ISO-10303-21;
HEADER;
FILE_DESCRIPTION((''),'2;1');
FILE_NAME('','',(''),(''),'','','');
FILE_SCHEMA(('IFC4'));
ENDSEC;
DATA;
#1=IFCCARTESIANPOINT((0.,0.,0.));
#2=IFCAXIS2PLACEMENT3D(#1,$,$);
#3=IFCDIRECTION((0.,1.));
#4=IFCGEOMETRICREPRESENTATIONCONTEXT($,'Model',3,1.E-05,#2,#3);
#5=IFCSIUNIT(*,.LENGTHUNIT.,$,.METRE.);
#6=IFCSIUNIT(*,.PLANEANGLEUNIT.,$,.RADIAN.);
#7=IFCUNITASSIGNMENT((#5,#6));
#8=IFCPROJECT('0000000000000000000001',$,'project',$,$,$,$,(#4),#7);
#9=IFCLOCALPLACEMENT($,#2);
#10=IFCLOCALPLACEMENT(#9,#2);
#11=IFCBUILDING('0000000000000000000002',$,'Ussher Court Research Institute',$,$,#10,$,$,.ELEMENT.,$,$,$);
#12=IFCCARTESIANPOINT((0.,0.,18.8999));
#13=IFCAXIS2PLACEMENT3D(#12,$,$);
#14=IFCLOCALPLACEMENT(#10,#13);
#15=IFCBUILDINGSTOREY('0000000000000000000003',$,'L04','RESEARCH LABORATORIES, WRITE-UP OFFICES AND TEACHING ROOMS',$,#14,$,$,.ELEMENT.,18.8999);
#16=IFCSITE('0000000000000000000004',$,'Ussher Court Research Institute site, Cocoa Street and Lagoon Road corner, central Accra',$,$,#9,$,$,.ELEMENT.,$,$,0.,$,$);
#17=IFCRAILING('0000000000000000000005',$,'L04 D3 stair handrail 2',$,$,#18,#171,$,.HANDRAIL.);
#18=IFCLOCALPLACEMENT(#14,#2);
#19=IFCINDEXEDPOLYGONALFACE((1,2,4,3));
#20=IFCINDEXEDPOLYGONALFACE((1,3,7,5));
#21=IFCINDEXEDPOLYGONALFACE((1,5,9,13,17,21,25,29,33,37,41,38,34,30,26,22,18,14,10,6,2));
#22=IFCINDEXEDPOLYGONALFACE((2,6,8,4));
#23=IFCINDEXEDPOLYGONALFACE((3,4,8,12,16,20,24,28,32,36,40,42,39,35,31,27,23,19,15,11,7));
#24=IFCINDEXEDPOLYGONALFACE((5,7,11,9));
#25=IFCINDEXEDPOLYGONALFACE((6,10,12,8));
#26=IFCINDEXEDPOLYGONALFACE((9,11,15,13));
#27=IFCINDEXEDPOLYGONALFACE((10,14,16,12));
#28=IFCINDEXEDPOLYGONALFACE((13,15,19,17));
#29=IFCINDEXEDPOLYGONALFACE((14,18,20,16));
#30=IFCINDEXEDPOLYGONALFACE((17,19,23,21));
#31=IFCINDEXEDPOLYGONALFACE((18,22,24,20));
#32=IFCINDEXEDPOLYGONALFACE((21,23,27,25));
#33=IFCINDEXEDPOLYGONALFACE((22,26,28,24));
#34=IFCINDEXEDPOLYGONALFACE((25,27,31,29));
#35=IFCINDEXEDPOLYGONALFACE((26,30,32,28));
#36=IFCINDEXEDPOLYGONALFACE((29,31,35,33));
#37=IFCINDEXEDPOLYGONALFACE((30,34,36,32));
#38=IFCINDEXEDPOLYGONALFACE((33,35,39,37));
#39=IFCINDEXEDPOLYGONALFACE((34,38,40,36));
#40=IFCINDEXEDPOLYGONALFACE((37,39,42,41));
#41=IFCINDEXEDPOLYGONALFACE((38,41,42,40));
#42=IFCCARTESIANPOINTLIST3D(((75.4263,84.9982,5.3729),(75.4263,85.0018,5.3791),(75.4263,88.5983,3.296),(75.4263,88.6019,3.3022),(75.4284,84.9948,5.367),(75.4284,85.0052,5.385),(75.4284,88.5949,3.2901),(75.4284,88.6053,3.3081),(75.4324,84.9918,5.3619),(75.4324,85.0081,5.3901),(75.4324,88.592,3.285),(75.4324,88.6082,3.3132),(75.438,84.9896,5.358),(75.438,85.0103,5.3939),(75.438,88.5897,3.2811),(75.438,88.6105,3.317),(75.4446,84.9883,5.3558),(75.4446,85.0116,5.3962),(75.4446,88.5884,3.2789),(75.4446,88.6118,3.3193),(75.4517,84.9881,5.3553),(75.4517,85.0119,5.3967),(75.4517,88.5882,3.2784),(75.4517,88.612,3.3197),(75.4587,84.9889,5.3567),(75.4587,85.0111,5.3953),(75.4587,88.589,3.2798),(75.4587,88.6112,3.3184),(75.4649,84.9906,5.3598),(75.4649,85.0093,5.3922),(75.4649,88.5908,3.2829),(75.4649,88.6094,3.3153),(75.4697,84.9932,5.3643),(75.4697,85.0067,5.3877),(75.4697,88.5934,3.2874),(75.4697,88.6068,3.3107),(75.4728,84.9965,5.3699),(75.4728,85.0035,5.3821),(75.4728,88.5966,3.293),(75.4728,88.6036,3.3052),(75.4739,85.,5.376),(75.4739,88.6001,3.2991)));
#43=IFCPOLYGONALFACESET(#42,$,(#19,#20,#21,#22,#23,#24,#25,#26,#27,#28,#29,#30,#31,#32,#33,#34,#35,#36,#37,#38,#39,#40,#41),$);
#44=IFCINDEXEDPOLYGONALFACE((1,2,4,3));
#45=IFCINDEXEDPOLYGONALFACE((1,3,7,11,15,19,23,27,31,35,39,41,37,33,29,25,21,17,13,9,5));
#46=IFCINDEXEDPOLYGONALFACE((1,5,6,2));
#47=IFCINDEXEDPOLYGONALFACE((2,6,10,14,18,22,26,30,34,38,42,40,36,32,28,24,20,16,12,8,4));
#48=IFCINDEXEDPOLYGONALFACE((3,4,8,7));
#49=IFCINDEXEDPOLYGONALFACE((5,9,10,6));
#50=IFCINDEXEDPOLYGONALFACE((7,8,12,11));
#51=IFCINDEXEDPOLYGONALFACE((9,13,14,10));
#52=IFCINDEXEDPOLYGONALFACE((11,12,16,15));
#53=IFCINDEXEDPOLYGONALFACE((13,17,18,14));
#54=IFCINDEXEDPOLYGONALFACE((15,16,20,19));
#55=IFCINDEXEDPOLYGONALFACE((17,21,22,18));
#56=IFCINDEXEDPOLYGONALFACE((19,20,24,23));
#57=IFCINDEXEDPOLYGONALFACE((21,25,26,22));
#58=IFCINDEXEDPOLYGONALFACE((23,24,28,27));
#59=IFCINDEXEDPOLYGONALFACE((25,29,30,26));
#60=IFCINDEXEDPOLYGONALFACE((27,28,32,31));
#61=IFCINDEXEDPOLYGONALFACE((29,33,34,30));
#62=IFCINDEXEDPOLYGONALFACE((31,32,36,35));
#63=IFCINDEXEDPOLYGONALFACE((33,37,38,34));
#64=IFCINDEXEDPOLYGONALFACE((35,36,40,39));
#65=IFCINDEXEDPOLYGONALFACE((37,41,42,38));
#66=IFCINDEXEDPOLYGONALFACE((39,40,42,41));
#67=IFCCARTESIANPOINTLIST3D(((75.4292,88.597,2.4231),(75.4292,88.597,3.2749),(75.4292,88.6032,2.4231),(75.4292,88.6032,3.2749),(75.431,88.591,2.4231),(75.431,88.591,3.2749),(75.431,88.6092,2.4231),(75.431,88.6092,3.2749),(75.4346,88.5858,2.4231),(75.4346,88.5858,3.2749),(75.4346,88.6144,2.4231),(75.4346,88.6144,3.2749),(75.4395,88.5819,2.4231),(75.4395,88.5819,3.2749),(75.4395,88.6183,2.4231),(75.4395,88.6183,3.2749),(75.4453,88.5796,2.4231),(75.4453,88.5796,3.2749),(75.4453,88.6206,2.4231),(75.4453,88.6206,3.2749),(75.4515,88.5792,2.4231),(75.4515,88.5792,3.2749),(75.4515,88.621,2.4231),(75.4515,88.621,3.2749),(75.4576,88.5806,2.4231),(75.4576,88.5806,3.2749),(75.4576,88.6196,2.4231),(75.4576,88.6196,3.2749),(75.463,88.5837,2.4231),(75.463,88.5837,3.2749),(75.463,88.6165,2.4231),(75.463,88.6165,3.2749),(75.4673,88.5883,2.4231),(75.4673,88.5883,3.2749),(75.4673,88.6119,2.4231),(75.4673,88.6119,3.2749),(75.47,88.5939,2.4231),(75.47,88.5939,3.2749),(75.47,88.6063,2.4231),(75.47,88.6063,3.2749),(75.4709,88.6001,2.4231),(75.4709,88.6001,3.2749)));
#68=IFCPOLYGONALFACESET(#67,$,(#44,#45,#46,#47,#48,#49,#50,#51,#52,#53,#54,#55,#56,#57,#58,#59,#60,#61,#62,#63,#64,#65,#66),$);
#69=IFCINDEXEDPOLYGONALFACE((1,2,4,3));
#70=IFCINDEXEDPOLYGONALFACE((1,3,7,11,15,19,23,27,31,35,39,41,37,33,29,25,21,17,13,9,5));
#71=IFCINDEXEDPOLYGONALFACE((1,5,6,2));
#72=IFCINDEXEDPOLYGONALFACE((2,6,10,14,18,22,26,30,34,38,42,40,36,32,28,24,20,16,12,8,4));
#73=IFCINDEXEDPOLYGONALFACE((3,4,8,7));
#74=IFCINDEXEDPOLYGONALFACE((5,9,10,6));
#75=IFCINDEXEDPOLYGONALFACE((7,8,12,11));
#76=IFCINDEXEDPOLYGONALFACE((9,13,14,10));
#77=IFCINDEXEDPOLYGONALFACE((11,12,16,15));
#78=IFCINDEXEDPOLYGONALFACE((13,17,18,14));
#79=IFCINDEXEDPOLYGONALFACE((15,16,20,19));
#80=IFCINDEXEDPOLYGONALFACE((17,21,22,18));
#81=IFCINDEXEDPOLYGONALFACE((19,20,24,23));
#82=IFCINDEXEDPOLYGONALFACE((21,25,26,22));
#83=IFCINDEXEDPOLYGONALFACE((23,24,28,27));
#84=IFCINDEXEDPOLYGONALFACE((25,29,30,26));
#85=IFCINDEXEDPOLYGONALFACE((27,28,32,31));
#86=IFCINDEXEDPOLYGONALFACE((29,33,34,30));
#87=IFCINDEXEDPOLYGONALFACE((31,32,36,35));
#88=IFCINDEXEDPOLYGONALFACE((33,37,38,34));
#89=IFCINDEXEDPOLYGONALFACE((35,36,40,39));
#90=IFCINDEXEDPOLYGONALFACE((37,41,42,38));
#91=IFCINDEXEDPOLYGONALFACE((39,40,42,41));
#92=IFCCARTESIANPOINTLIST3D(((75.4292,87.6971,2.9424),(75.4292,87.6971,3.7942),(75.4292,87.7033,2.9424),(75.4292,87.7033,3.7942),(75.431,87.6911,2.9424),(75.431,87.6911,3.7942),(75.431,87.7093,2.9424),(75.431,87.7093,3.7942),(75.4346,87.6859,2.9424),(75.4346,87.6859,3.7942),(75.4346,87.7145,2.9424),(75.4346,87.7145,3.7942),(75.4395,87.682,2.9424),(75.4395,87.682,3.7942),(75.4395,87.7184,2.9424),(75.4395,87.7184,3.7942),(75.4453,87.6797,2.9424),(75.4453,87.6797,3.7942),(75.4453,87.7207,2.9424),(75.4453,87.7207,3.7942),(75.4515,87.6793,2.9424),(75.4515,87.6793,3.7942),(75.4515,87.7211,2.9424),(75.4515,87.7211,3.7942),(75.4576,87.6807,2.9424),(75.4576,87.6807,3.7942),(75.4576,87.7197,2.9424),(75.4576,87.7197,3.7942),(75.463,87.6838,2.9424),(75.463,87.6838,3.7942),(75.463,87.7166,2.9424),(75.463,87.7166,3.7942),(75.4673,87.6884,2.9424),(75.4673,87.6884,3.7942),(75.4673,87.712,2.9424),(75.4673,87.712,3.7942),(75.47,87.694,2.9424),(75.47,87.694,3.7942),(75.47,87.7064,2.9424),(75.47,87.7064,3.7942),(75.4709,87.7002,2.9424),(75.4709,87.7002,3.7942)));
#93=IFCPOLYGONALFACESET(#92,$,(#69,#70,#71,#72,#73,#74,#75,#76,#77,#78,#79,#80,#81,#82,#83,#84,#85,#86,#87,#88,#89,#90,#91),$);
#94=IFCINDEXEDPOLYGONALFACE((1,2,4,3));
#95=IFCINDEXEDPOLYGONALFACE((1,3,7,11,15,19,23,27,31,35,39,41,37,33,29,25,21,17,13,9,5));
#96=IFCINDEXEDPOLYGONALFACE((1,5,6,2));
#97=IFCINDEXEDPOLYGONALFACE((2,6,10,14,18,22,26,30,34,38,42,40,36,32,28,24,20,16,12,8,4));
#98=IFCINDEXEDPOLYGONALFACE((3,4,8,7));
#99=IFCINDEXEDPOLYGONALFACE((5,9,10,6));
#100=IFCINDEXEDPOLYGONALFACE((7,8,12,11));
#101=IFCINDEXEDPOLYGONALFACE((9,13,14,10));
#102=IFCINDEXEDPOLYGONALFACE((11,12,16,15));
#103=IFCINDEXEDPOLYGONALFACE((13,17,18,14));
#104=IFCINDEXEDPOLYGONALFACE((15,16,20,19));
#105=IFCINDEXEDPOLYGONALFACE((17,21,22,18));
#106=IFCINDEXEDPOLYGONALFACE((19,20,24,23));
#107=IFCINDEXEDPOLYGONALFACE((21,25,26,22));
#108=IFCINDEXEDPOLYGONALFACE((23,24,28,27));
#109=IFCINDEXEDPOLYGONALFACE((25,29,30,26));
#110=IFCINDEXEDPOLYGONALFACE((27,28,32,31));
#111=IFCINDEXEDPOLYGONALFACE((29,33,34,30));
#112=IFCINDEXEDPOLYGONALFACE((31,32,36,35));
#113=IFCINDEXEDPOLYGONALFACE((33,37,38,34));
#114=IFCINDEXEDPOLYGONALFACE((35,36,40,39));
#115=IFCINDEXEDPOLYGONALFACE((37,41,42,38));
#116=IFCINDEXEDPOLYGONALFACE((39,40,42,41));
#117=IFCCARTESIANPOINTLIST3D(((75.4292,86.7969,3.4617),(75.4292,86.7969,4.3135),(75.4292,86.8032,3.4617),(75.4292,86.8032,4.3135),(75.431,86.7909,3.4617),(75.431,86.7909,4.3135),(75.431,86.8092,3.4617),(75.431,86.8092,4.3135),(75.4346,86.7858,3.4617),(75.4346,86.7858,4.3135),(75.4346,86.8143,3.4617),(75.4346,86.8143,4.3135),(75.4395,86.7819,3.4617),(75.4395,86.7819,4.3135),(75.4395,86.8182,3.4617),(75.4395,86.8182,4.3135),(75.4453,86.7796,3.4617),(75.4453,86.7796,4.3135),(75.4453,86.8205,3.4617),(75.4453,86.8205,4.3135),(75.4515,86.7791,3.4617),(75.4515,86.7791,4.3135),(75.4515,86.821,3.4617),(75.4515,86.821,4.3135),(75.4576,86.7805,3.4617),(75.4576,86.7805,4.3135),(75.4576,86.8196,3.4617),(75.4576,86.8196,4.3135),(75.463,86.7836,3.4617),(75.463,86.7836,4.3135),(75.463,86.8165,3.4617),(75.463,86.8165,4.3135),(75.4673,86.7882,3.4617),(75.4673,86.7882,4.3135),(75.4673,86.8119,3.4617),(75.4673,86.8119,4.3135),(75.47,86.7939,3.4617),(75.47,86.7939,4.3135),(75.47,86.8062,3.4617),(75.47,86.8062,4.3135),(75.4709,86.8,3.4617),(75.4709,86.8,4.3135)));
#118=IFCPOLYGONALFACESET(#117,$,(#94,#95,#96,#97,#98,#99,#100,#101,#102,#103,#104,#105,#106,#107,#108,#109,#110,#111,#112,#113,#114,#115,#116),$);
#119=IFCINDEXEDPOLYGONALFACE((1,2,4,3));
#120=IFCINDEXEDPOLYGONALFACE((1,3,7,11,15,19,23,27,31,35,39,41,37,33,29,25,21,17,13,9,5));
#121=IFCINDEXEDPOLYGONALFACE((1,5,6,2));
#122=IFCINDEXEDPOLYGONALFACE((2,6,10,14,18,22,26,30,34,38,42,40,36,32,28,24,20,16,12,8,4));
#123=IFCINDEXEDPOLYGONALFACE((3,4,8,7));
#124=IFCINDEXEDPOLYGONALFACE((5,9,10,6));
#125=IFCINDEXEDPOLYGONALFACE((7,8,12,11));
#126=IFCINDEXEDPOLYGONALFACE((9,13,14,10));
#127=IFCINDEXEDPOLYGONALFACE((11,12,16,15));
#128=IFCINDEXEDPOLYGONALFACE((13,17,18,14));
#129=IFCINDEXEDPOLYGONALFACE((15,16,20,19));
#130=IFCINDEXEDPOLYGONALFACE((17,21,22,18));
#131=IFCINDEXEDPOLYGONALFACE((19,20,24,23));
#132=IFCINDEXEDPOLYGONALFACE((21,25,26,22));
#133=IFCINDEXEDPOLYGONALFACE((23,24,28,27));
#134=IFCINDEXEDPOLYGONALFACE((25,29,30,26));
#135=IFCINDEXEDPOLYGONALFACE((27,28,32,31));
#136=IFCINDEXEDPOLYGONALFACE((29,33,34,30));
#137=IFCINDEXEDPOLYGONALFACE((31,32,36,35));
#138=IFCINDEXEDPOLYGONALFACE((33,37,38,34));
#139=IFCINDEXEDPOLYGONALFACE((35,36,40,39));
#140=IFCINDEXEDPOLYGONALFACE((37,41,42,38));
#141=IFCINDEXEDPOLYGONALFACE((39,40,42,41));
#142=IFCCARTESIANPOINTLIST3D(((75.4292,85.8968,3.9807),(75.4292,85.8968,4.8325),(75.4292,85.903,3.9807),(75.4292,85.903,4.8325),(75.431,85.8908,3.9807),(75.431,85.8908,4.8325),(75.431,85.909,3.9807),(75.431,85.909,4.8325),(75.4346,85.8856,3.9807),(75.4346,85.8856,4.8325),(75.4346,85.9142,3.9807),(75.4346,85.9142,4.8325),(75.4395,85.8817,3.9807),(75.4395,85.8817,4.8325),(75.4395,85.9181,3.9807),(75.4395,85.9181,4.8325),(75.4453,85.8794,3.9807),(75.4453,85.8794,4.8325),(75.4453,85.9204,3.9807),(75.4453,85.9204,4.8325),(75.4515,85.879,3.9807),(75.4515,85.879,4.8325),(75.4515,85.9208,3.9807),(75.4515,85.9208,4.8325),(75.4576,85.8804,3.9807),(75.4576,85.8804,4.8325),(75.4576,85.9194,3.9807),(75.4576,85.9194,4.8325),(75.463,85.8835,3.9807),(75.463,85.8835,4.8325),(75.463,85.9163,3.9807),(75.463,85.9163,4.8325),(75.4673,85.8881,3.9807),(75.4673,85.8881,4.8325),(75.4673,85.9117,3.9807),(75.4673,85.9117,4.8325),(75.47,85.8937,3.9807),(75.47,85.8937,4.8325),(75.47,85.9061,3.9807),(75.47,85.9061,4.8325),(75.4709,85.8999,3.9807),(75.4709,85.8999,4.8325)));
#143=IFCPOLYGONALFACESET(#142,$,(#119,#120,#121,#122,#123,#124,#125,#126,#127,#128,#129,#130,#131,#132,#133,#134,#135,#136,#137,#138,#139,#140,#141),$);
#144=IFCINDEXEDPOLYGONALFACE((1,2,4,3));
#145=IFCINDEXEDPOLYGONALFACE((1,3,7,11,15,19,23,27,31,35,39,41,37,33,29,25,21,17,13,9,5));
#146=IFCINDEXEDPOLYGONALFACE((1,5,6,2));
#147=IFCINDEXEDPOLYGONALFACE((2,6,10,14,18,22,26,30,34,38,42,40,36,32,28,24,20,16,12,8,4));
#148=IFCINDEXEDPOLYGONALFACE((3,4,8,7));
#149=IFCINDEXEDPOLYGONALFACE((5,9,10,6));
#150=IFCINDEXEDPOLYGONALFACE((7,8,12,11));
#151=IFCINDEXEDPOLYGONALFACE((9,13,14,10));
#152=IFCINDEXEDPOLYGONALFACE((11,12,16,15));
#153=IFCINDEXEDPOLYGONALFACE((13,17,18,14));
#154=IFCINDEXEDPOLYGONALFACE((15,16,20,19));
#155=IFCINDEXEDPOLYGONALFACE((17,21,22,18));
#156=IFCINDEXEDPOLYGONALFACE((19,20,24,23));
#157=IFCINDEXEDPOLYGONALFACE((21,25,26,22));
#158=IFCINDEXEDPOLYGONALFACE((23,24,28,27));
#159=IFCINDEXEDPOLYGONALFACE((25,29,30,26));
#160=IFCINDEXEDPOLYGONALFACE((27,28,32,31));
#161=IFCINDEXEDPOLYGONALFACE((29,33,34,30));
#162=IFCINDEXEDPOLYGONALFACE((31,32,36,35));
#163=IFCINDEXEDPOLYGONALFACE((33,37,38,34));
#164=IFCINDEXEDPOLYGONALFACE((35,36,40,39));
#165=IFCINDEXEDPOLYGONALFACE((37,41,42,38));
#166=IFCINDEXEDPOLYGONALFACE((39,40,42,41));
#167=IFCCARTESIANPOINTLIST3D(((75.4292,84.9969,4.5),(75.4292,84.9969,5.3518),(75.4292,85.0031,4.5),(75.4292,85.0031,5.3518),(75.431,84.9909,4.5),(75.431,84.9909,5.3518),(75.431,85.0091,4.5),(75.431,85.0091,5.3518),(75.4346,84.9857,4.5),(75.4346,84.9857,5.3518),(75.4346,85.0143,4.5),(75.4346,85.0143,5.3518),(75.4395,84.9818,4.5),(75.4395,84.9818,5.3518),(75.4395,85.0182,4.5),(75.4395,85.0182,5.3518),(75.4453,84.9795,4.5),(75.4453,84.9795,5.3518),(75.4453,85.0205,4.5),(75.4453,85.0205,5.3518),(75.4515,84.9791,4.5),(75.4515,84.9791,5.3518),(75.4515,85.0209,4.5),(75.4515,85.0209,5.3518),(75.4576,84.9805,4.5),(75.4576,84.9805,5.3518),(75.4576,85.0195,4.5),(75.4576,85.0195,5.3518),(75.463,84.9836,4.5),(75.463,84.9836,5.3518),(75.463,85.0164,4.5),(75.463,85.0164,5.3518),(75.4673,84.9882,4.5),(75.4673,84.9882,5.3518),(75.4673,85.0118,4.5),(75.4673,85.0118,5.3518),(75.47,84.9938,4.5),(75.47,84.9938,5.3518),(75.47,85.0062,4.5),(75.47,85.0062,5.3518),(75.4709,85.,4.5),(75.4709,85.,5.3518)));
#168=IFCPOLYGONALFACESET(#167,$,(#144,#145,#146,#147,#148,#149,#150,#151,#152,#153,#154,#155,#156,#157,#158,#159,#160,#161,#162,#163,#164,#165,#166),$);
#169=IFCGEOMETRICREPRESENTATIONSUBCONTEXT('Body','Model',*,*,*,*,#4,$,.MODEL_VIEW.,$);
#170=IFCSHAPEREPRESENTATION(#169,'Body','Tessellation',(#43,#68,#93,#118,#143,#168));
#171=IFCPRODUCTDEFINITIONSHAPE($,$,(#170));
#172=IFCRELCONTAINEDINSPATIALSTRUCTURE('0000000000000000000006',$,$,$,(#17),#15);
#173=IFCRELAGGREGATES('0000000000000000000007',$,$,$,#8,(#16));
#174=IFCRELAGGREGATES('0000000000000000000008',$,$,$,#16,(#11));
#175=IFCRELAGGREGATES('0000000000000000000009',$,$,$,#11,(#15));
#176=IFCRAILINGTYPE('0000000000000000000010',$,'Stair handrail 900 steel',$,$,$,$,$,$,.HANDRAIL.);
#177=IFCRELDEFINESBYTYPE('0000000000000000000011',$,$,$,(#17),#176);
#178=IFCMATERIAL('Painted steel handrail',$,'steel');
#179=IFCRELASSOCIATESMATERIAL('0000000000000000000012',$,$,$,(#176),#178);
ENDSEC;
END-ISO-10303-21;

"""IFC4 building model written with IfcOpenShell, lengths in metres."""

from ifc_helpers import new_model, si_unit, direction, frame, origin, origin_2d, place, context, subcontext, project, spatial, circle, extrude, material, type_object, element, save


model = new_model("IFC4")

# Units and contexts
model_context = context("Model", 3, precision=1e-05, world=origin(), true_north=direction((0.0, 1.0)))
body_context = subcontext(model_context, "Body", "Model", "MODEL_VIEW")
ifc_project = project(units=[si_unit("LENGTHUNIT", "METRE"), si_unit("PLANEANGLEUNIT", "RADIAN")], contexts=[model_context])

# Site, building, storey
site_placement = place(None, origin())
site = spatial("IfcSite", under=ifc_project, at=site_placement, Name="Ussher Court Research Institute site, Cocoa Street and Lagoon Road corner, central Accra", CompositionType="ELEMENT", RefElevation=0.0)
building_placement = place(site_placement, origin())
building = spatial("IfcBuilding", under=site, at=building_placement, Name="Ussher Court Research Institute", CompositionType="ELEMENT")
storey_placement = place(building_placement, frame((0.0, 0.0, 18.8999)))
storey = spatial("IfcBuildingStorey", under=building, at=storey_placement, Name="L04", Description="RESEARCH LABORATORIES, WRITE-UP OFFICES AND TEACHING ROOMS", CompositionType="ELEMENT", Elevation=18.8999)

# Railing
ifc_material_1 = material(Name="Painted steel handrail", Category="steel")
railing_type_1 = type_object("IfcRailingType", Name="Stair handrail 900 steel", PredefinedType="HANDRAIL", material=ifc_material_1)
railing_1_placement = place(storey_placement, frame((75.45, 88.6001, 2.4231)))
element("IfcRailing", 1, at=railing_1_placement, inside=storey, type_object=railing_type_1, Name="L04 D3 stair handrail 2", PredefinedType="HANDRAIL", context=body_context, shape_type="SweptSolid", body=[
    extrude(circle(Radius=0.0239, at=origin_2d()), frame((0.0, 0.0, 0.876), z_axis=(0.0, -0.866193, 0.499709), x_axis=(1.0, 0.0, 0.0)), (0.0, 0.0, 1.0), 4.1562),
    extrude(circle(Radius=0.021, at=origin_2d()), origin(), (0.0, 0.0, 1.0), 0.8518),
    extrude(circle(Radius=0.021, at=origin_2d()), frame((0.0, -0.8999, 0.5193)), (0.0, 0.0, 1.0), 0.8518),
    extrude(circle(Radius=0.021, at=origin_2d()), frame((0.0, -1.8, 1.0386)), (0.0, 0.0, 1.0), 0.8518),
    extrude(circle(Radius=0.021, at=origin_2d()), frame((0.0, -2.7002, 1.5576)), (0.0, 0.0, 1.0), 0.8518),
    extrude(circle(Radius=0.021, at=origin_2d()), frame((0.0, -3.6001, 2.0769)), (0.0, 0.0, 1.0), 0.8518),
])

save(model, "model.ifc")
